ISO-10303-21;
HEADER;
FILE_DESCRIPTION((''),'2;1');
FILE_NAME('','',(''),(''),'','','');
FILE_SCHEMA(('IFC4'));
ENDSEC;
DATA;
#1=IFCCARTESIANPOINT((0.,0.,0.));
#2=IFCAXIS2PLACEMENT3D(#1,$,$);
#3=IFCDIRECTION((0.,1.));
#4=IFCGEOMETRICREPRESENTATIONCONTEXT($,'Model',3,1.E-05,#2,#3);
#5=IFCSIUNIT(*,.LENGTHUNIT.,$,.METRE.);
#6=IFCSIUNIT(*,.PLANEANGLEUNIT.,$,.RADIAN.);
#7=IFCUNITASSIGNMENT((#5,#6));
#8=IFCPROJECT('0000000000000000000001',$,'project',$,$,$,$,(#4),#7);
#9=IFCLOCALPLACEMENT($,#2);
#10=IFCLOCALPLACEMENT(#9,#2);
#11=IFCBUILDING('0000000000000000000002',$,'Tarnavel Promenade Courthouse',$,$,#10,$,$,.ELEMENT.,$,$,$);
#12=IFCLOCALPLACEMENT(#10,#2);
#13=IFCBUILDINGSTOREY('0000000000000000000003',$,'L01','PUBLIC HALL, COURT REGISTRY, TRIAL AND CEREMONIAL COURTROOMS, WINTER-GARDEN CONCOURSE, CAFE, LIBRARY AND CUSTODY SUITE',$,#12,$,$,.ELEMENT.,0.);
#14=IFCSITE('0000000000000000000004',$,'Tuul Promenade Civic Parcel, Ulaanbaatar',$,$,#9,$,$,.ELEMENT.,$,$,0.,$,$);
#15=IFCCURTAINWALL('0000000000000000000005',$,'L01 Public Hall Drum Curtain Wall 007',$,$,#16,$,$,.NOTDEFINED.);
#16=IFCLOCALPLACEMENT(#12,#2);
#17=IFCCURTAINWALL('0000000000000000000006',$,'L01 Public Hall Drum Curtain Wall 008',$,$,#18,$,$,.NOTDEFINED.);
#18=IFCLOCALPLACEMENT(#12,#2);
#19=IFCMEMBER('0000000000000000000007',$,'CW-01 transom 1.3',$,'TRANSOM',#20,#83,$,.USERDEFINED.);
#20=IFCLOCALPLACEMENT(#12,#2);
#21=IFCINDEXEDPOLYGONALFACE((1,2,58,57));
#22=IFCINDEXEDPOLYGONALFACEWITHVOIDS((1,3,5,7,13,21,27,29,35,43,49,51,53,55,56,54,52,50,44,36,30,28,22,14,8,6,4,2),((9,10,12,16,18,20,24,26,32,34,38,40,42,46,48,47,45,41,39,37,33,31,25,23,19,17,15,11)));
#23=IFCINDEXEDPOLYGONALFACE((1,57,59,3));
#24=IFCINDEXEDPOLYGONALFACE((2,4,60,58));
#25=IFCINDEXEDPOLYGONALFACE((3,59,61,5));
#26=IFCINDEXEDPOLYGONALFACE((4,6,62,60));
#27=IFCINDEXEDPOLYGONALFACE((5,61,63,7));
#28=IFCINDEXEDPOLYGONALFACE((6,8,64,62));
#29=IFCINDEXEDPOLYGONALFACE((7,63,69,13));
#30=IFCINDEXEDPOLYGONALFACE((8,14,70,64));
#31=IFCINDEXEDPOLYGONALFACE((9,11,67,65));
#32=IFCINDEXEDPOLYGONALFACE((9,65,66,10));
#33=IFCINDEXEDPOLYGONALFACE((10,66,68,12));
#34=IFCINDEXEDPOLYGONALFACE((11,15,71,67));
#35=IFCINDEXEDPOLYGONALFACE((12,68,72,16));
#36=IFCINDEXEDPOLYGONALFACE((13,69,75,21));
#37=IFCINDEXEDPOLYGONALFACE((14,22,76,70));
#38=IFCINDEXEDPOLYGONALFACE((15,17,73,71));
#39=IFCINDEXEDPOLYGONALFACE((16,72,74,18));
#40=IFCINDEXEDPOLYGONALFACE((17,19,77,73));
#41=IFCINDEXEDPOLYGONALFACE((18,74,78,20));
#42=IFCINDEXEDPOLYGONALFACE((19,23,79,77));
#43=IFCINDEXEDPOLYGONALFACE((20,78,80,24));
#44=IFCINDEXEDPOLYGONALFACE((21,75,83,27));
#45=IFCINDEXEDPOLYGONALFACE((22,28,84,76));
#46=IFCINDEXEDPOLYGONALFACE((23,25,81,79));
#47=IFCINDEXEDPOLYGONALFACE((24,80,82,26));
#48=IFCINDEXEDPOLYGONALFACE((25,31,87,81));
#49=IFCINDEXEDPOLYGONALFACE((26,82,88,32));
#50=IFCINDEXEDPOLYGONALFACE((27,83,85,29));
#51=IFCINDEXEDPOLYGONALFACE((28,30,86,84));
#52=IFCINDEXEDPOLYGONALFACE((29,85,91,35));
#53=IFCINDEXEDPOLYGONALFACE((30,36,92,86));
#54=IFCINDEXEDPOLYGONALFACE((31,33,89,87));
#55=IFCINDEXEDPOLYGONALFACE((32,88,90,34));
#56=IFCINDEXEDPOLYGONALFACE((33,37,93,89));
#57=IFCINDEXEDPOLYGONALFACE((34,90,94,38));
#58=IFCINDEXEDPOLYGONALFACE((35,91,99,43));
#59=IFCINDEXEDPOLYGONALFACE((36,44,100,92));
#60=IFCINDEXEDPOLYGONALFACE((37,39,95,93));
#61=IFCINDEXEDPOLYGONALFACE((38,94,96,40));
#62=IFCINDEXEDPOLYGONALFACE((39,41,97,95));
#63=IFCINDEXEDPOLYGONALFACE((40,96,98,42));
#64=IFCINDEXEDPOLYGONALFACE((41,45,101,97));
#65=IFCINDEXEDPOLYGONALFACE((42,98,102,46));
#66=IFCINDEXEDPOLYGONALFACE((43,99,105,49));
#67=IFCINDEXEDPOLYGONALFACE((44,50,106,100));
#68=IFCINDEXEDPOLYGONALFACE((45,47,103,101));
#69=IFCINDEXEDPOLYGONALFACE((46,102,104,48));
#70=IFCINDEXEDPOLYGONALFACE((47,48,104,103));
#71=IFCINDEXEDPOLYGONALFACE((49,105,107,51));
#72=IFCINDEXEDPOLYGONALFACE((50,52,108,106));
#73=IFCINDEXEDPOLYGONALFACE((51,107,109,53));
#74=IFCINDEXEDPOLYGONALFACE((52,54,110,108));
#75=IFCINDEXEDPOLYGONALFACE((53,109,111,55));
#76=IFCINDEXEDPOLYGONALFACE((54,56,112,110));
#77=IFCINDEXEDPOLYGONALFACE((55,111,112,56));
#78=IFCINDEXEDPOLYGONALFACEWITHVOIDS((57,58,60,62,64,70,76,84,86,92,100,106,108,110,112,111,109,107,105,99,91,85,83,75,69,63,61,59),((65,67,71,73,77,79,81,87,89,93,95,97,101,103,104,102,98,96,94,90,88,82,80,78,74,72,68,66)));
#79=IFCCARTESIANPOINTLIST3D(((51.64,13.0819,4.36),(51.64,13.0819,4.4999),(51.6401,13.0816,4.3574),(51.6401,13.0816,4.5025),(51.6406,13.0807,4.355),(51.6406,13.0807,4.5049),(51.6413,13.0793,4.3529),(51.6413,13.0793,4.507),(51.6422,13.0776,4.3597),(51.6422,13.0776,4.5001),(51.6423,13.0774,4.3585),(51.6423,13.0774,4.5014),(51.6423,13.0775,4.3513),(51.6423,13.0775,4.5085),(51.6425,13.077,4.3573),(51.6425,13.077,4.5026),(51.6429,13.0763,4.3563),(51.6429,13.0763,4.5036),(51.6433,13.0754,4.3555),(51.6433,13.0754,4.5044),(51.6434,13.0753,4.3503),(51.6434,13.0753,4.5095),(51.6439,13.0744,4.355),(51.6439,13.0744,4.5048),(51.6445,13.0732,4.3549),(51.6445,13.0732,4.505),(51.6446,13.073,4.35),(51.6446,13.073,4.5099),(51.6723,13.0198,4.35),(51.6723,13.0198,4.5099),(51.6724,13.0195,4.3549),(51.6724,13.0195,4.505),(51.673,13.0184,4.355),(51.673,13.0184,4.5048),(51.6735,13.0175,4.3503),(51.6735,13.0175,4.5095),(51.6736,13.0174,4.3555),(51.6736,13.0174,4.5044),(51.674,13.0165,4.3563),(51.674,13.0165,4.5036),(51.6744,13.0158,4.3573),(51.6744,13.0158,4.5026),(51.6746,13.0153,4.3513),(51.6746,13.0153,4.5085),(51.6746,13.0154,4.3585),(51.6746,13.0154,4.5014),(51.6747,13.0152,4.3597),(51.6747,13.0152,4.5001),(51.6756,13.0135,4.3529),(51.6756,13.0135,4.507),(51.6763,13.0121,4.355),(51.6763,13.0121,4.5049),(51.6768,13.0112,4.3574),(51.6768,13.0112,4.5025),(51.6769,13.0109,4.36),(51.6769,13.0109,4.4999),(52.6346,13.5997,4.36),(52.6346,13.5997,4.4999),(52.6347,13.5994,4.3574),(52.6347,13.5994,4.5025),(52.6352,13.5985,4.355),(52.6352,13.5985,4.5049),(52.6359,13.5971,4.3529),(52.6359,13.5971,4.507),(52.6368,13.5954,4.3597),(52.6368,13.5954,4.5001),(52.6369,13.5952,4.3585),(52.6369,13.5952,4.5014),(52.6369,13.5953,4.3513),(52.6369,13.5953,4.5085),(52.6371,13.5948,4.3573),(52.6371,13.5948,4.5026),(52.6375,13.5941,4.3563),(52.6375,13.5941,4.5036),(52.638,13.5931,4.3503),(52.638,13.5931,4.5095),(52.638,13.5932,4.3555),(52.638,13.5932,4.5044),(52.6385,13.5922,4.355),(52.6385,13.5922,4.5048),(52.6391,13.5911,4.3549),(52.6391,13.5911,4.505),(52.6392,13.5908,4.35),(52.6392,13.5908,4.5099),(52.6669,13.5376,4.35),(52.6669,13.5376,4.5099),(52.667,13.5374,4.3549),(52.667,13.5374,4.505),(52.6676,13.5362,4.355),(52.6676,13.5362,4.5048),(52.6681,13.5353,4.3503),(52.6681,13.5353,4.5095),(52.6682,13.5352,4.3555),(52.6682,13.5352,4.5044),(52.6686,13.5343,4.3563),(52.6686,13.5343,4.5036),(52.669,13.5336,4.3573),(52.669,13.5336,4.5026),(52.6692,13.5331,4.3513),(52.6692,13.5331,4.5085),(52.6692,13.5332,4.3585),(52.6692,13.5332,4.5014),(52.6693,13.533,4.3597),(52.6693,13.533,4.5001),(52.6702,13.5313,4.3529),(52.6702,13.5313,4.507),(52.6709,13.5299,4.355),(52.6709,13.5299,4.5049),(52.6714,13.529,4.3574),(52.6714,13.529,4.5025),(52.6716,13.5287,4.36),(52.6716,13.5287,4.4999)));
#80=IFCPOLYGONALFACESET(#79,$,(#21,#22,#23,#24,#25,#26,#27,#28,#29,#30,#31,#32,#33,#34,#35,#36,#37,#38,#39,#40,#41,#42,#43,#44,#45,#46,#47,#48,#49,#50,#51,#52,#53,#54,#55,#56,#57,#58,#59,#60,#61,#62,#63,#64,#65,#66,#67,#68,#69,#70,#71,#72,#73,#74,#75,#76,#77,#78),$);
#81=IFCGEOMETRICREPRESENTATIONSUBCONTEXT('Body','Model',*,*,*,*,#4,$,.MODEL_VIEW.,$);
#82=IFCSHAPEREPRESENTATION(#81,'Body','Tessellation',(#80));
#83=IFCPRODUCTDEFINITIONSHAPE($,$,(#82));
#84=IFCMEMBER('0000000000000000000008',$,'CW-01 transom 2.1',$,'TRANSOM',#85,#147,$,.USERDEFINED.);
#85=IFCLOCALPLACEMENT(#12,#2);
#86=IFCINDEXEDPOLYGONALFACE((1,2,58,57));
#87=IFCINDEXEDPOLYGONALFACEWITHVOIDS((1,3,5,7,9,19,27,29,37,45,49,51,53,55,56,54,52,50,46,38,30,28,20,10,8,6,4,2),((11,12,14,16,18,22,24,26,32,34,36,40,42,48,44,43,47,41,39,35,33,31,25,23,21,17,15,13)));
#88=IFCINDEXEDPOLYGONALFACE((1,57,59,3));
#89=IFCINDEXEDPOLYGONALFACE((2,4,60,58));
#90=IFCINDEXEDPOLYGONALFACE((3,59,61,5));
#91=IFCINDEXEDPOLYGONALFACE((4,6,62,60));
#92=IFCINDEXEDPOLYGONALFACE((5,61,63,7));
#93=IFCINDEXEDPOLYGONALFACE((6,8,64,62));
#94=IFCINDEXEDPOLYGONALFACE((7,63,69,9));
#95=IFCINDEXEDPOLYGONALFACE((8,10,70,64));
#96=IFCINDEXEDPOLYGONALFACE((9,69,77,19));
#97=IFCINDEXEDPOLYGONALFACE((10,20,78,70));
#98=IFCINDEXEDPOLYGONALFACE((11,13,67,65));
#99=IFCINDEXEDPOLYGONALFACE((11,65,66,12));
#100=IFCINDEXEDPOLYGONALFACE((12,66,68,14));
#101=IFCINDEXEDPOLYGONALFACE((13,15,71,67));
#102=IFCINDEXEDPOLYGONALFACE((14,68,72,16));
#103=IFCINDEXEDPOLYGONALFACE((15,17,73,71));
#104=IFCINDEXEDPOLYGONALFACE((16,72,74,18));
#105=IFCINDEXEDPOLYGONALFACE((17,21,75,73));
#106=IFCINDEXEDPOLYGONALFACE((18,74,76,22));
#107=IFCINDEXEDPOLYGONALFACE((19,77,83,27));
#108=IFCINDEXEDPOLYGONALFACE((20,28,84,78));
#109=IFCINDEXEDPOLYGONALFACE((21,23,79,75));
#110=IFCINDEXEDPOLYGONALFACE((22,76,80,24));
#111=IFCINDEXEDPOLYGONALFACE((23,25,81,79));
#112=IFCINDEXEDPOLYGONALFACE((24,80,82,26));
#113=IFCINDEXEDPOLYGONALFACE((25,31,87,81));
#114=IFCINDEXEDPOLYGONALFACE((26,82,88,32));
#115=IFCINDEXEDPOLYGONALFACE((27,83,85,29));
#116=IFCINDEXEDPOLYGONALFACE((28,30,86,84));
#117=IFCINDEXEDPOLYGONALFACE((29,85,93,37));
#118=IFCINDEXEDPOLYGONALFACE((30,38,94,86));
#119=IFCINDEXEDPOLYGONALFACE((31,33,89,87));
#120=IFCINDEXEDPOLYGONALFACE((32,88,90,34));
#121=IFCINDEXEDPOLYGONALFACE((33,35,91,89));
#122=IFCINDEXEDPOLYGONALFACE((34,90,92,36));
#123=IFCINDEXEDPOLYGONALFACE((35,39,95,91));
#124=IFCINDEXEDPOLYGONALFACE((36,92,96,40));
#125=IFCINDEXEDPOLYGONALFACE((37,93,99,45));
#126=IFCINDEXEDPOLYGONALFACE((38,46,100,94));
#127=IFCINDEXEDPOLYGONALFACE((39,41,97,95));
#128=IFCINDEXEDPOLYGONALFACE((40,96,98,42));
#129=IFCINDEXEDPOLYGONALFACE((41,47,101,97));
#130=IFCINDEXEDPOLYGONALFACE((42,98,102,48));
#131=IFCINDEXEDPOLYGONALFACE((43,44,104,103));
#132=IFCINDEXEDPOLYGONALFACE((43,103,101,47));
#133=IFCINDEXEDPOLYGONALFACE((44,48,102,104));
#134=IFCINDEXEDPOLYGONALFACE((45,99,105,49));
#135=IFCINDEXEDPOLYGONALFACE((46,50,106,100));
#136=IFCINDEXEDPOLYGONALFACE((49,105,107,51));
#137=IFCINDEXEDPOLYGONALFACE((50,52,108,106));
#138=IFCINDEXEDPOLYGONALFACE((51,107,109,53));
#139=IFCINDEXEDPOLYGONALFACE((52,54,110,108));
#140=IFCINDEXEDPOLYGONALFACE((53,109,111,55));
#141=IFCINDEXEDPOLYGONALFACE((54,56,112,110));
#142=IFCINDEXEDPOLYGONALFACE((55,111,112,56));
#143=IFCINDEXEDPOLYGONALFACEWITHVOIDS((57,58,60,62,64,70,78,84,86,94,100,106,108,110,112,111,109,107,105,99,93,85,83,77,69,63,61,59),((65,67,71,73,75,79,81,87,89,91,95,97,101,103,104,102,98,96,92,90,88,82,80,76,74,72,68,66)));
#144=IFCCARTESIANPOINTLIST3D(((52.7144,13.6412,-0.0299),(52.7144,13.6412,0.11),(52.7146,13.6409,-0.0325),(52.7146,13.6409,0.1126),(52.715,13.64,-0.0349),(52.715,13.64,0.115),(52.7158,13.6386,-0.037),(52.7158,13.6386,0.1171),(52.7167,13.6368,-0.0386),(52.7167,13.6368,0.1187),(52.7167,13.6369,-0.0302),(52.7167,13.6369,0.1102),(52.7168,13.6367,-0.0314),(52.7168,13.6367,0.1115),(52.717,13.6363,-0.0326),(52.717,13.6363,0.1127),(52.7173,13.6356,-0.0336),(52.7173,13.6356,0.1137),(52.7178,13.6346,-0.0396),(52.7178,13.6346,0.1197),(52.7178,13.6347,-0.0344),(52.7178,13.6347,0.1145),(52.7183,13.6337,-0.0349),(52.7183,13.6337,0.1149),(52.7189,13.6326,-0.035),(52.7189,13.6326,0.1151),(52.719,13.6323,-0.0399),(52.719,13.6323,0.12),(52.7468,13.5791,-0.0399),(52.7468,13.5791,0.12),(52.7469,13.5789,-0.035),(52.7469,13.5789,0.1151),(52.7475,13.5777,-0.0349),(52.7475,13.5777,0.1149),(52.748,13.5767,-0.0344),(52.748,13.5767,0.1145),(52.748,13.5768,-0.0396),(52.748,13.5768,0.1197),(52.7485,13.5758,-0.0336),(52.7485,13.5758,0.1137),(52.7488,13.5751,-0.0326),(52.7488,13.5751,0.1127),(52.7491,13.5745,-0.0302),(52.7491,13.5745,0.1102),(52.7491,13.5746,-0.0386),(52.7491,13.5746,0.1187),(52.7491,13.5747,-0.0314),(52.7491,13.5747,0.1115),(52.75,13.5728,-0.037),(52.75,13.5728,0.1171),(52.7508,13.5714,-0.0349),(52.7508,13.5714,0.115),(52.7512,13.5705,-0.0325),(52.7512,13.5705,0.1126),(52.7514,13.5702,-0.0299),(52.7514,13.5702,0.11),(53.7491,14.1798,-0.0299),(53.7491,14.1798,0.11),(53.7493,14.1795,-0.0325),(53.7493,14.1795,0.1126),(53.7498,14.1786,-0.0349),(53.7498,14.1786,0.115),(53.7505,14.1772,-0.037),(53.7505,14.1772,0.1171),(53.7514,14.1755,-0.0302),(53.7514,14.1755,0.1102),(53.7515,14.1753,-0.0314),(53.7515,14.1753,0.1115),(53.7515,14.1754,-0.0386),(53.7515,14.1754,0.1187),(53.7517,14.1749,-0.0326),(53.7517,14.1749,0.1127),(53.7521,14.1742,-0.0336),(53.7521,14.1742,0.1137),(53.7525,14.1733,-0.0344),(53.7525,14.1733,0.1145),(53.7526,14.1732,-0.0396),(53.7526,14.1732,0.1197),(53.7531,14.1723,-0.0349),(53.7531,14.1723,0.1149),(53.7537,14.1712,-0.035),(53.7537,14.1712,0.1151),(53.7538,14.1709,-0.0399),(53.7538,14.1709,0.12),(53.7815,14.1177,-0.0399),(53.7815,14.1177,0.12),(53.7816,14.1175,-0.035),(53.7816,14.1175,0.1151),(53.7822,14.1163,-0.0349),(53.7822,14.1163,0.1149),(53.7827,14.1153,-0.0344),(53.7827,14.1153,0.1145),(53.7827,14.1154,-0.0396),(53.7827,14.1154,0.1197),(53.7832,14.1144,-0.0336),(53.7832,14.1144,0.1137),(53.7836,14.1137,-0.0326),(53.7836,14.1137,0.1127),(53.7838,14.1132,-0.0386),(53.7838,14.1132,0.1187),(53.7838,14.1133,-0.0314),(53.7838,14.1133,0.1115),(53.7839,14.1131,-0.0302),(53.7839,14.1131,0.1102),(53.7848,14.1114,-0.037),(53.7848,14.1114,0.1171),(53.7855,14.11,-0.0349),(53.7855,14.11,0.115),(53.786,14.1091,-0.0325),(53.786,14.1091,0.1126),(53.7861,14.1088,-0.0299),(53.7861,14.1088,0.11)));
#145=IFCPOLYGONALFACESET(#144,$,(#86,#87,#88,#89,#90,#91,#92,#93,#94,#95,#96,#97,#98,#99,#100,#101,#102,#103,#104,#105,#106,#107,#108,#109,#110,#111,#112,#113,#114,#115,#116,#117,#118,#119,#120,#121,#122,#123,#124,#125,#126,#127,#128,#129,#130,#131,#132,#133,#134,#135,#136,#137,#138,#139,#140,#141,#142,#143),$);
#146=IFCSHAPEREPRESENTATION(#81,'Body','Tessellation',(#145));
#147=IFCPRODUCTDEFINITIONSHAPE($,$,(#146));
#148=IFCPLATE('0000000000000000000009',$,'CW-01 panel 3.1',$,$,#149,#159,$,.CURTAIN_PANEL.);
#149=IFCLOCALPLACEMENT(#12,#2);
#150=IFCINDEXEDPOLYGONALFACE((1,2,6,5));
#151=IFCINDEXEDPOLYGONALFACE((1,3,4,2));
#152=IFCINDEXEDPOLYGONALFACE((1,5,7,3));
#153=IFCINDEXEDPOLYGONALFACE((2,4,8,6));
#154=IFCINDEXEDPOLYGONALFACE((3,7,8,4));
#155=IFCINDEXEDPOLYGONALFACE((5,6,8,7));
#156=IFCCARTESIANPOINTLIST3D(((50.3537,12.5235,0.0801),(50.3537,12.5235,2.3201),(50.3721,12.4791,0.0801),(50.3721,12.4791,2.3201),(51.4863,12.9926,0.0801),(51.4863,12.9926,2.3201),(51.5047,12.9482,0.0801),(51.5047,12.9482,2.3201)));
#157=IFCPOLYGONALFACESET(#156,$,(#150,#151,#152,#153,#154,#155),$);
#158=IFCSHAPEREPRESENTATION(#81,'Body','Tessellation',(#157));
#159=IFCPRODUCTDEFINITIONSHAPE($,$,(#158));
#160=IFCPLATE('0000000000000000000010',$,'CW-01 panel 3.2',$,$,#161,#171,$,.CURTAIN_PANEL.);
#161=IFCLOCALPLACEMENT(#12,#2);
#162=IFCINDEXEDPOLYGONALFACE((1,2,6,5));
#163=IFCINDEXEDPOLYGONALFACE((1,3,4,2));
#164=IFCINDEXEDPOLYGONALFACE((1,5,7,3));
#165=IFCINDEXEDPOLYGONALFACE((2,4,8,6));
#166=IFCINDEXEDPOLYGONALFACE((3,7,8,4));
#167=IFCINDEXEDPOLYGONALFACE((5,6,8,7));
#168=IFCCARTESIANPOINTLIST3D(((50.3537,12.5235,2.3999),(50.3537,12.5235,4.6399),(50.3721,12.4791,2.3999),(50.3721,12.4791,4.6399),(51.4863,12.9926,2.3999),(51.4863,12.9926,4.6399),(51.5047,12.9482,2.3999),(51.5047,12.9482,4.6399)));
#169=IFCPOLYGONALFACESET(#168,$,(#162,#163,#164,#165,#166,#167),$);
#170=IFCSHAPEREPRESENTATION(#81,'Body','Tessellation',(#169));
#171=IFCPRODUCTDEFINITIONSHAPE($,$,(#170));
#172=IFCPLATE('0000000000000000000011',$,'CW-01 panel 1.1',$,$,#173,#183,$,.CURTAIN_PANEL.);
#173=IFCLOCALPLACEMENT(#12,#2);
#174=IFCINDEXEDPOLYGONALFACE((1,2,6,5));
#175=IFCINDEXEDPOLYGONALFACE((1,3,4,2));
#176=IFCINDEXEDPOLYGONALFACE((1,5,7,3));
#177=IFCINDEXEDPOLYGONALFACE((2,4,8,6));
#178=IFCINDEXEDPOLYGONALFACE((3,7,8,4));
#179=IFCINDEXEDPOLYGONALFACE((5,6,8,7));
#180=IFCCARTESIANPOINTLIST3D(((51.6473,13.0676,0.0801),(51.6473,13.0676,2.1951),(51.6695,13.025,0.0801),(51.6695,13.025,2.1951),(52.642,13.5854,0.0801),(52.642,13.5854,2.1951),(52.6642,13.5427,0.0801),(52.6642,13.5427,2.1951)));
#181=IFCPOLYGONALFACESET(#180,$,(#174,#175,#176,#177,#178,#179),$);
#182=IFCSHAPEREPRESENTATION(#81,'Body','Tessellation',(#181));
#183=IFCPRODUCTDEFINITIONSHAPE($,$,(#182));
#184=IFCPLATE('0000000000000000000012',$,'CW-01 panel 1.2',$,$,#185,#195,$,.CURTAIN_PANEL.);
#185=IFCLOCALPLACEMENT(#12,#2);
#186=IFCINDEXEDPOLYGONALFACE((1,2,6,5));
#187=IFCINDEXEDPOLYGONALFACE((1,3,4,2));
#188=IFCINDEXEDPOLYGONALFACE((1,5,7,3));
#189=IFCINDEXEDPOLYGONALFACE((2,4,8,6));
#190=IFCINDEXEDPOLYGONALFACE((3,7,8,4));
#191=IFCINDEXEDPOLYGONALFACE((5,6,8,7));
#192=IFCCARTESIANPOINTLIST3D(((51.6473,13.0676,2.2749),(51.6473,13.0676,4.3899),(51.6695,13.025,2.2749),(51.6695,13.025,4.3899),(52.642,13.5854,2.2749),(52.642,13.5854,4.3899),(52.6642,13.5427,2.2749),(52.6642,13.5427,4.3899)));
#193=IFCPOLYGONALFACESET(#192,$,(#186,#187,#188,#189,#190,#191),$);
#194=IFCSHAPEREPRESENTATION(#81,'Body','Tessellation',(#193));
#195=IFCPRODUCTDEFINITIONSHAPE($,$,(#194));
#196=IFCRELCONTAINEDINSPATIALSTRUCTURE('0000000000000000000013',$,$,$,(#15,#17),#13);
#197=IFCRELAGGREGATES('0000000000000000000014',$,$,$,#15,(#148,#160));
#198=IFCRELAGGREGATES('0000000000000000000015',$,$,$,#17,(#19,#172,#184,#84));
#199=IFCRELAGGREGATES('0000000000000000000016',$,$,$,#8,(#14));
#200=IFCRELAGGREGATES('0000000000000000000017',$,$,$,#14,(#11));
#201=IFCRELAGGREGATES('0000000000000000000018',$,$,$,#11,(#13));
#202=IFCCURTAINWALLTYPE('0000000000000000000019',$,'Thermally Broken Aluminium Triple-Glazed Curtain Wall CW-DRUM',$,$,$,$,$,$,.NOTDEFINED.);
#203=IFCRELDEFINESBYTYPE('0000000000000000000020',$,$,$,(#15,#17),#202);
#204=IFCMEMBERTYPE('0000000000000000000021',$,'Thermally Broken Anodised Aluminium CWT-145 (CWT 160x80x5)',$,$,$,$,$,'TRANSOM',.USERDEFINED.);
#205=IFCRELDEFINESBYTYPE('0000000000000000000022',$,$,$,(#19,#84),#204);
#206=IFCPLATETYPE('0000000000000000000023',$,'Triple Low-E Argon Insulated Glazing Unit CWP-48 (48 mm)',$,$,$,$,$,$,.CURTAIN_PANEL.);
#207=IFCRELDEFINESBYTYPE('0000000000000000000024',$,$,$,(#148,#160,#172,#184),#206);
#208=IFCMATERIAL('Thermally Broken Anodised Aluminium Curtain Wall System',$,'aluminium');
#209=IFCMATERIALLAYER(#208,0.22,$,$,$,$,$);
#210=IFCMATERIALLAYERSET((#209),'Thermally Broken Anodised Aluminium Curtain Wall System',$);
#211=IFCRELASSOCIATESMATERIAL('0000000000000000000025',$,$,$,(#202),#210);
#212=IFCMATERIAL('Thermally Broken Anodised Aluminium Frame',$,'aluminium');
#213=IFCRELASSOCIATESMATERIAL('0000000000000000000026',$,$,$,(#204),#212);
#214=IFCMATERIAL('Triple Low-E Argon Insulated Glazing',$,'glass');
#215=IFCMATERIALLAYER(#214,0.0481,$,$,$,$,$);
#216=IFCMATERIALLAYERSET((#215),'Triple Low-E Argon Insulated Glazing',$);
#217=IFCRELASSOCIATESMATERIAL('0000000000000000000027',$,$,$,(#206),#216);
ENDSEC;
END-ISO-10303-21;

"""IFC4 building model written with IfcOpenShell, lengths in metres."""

from ifc_helpers import new_model, si_unit, direction, frame, origin, origin_2d, place, context, subcontext, project, spatial, rectangle, hollow_rectangle, extrude, material, layer, layer_set, material_profile, profile_set, type_object, element, aggregate, save


model = new_model("IFC4")

# Units and contexts
model_context = context("Model", 3, precision=1e-05, world=origin(), true_north=direction((0.0, 1.0)))
body_context = subcontext(model_context, "Body", "Model", "MODEL_VIEW")
ifc_project = project(units=[si_unit("LENGTHUNIT", "METRE"), si_unit("PLANEANGLEUNIT", "RADIAN")], contexts=[model_context])

# Site, building, storey
site_placement = place(None, origin())
site = spatial("IfcSite", under=ifc_project, at=site_placement, Name="Tuul Promenade Civic Parcel, Ulaanbaatar", CompositionType="ELEMENT", RefElevation=0.0)
building_placement = place(site_placement, origin())
building = spatial("IfcBuilding", under=site, at=building_placement, Name="Tarnavel Promenade Courthouse", CompositionType="ELEMENT")
storey_placement = place(building_placement, origin())
storey = spatial("IfcBuildingStorey", under=building, at=storey_placement, Name="L01", Description="PUBLIC HALL, COURT REGISTRY, TRIAL AND CEREMONIAL COURTROOMS, WINTER-GARDEN CONCOURSE, CAFE, LIBRARY AND CUSTODY SUITE", CompositionType="ELEMENT", Elevation=0.0)

# Curtain wall
ifc_material_1 = material(Name="Thermally Broken Anodised Aluminium Curtain Wall System", Category="aluminium")
ifc_layer_1 = layer(ifc_material_1, 0.22)
ifc_layer_set_1 = layer_set([ifc_layer_1], Name="Thermally Broken Anodised Aluminium Curtain Wall System")
curtain_wall_type = type_object("IfcCurtainWallType", Name="Thermally Broken Aluminium Triple-Glazed Curtain Wall CW-DRUM", PredefinedType="NOTDEFINED", material=ifc_layer_set_1)
curtain_wall_1_placement = place(storey_placement, origin())
curtain_wall_1 = element("IfcCurtainWall", 1, at=curtain_wall_1_placement, inside=storey, type_object=curtain_wall_type, Name="L01 Public Hall Drum Curtain Wall 007", PredefinedType="NOTDEFINED")
ifc_material_2 = material(Name="Thermally Broken Anodised Aluminium Frame", Category="aluminium")

# Curtain wall
curtain_wall_2_placement = place(storey_placement, origin())
curtain_wall_2 = element("IfcCurtainWall", 2, at=curtain_wall_2_placement, inside=storey, type_object=curtain_wall_type, Name="L01 Public Hall Drum Curtain Wall 008", PredefinedType="NOTDEFINED")

# Members
ifc_material_profile_1 = material_profile(ifc_material_2, hollow_rectangle(XDim=0.0801, YDim=0.1599, WallThickness=0.0049, InnerFilletRadius=0.0049, OuterFilletRadius=0.01, at=origin_2d()), Name="CWT 160x80x5")
ifc_profile_set_1 = profile_set([ifc_material_profile_1], Name="Thermally Broken Anodised Aluminium Frame")
member_type_1 = type_object("IfcMemberType", Name="Thermally Broken Anodised Aluminium CWT-145 (CWT 160x80x5)", ElementType="TRANSOM", PredefinedType="USERDEFINED", material=ifc_profile_set_1)
member_1_placement = place(storey_placement, frame((51.6584, 13.0464, 4.4299), z_axis=(0.886992, 0.461785, 0.0), x_axis=(-0.461785, 0.886992, 0.0)))
member_1 = element("IfcMember", 3, at=member_1_placement, type_object=member_type_1, Name="CW-01 transom 1.3", ObjectType="TRANSOM", PredefinedType="USERDEFINED", context=body_context, shape_type="SweptSolid", body=[
    extrude(hollow_rectangle(XDim=0.0801, YDim=0.1599, WallThickness=0.0049, InnerFilletRadius=0.0049, OuterFilletRadius=0.01, at=origin_2d()), origin(), (0.0, 0.0, 1.0), 1.1213),
])
member_2_placement = place(storey_placement, frame((52.7329, 13.6057, 0.04), z_axis=(0.887025, 0.461722, 0.0), x_axis=(-0.461722, 0.887025, 0.0)))
member_2 = element("IfcMember", 4, at=member_2_placement, type_object=member_type_1, Name="CW-01 transom 2.1", ObjectType="TRANSOM", PredefinedType="USERDEFINED", context=body_context, shape_type="SweptSolid", body=[
    extrude(hollow_rectangle(XDim=0.0801, YDim=0.1599, WallThickness=0.0049, InnerFilletRadius=0.0049, OuterFilletRadius=0.01, at=origin_2d()), origin(), (0.0, 0.0, 1.0), 1.1665),
])

# Plates
ifc_material_3 = material(Name="Triple Low-E Argon Insulated Glazing", Category="glass")
ifc_layer_2 = layer(ifc_material_3, 0.0481)
ifc_layer_set_2 = layer_set([ifc_layer_2], Name="Triple Low-E Argon Insulated Glazing")
plate_type = type_object("IfcPlateType", Name="Triple Low-E Argon Insulated Glazing Unit CWP-48 (48 mm)", PredefinedType="CURTAIN_PANEL", material=ifc_layer_set_2)
plate_1_placement = place(storey_placement, frame((50.9292, 12.7358, 0.0801), z_axis=(0.0, 0.0, 1.0), x_axis=(0.923879, 0.382685, 0.0)))
plate_1 = element("IfcPlate", 5, at=plate_1_placement, type_object=plate_type, Name="CW-01 panel 3.1", PredefinedType="CURTAIN_PANEL", context=body_context, shape_type="SweptSolid", body=[
    extrude(rectangle(XDim=1.2258, YDim=0.0481, at=origin_2d()), origin(), (0.0, 0.0, 1.0), 2.24),
])
plate_2_placement = place(storey_placement, frame((50.9292, 12.7358, 2.3999), z_axis=(0.0, 0.0, 1.0), x_axis=(0.923879, 0.382685, 0.0)))
plate_2 = element("IfcPlate", 6, at=plate_2_placement, type_object=plate_type, Name="CW-01 panel 3.2", PredefinedType="CURTAIN_PANEL", context=body_context, shape_type="SweptSolid", body=[
    extrude(rectangle(XDim=1.2258, YDim=0.0481, at=origin_2d()), origin(), (0.0, 0.0, 1.0), 2.24),
])
aggregate(curtain_wall_1, [plate_1, plate_2])
plate_3_placement = place(storey_placement, frame((52.1558, 13.3052, 0.0801), z_axis=(0.0, 0.0, 1.0), x_axis=(0.887012, 0.461747, 0.0)))
plate_3 = element("IfcPlate", 7, at=plate_3_placement, type_object=plate_type, Name="CW-01 panel 1.1", PredefinedType="CURTAIN_PANEL", context=body_context, shape_type="SweptSolid", body=[
    extrude(rectangle(XDim=1.1213, YDim=0.0481, at=origin_2d()), origin(), (0.0, 0.0, 1.0), 2.115),
])
plate_4_placement = place(storey_placement, frame((52.1558, 13.3052, 2.2749), z_axis=(0.0, 0.0, 1.0), x_axis=(0.887012, 0.461747, 0.0)))
plate_4 = element("IfcPlate", 8, at=plate_4_placement, type_object=plate_type, Name="CW-01 panel 1.2", PredefinedType="CURTAIN_PANEL", context=body_context, shape_type="SweptSolid", body=[
    extrude(rectangle(XDim=1.1213, YDim=0.0481, at=origin_2d()), origin(), (0.0, 0.0, 1.0), 2.115),
])
aggregate(curtain_wall_2, [member_1, plate_3, plate_4, member_2])

save(model, "model.ifc")
